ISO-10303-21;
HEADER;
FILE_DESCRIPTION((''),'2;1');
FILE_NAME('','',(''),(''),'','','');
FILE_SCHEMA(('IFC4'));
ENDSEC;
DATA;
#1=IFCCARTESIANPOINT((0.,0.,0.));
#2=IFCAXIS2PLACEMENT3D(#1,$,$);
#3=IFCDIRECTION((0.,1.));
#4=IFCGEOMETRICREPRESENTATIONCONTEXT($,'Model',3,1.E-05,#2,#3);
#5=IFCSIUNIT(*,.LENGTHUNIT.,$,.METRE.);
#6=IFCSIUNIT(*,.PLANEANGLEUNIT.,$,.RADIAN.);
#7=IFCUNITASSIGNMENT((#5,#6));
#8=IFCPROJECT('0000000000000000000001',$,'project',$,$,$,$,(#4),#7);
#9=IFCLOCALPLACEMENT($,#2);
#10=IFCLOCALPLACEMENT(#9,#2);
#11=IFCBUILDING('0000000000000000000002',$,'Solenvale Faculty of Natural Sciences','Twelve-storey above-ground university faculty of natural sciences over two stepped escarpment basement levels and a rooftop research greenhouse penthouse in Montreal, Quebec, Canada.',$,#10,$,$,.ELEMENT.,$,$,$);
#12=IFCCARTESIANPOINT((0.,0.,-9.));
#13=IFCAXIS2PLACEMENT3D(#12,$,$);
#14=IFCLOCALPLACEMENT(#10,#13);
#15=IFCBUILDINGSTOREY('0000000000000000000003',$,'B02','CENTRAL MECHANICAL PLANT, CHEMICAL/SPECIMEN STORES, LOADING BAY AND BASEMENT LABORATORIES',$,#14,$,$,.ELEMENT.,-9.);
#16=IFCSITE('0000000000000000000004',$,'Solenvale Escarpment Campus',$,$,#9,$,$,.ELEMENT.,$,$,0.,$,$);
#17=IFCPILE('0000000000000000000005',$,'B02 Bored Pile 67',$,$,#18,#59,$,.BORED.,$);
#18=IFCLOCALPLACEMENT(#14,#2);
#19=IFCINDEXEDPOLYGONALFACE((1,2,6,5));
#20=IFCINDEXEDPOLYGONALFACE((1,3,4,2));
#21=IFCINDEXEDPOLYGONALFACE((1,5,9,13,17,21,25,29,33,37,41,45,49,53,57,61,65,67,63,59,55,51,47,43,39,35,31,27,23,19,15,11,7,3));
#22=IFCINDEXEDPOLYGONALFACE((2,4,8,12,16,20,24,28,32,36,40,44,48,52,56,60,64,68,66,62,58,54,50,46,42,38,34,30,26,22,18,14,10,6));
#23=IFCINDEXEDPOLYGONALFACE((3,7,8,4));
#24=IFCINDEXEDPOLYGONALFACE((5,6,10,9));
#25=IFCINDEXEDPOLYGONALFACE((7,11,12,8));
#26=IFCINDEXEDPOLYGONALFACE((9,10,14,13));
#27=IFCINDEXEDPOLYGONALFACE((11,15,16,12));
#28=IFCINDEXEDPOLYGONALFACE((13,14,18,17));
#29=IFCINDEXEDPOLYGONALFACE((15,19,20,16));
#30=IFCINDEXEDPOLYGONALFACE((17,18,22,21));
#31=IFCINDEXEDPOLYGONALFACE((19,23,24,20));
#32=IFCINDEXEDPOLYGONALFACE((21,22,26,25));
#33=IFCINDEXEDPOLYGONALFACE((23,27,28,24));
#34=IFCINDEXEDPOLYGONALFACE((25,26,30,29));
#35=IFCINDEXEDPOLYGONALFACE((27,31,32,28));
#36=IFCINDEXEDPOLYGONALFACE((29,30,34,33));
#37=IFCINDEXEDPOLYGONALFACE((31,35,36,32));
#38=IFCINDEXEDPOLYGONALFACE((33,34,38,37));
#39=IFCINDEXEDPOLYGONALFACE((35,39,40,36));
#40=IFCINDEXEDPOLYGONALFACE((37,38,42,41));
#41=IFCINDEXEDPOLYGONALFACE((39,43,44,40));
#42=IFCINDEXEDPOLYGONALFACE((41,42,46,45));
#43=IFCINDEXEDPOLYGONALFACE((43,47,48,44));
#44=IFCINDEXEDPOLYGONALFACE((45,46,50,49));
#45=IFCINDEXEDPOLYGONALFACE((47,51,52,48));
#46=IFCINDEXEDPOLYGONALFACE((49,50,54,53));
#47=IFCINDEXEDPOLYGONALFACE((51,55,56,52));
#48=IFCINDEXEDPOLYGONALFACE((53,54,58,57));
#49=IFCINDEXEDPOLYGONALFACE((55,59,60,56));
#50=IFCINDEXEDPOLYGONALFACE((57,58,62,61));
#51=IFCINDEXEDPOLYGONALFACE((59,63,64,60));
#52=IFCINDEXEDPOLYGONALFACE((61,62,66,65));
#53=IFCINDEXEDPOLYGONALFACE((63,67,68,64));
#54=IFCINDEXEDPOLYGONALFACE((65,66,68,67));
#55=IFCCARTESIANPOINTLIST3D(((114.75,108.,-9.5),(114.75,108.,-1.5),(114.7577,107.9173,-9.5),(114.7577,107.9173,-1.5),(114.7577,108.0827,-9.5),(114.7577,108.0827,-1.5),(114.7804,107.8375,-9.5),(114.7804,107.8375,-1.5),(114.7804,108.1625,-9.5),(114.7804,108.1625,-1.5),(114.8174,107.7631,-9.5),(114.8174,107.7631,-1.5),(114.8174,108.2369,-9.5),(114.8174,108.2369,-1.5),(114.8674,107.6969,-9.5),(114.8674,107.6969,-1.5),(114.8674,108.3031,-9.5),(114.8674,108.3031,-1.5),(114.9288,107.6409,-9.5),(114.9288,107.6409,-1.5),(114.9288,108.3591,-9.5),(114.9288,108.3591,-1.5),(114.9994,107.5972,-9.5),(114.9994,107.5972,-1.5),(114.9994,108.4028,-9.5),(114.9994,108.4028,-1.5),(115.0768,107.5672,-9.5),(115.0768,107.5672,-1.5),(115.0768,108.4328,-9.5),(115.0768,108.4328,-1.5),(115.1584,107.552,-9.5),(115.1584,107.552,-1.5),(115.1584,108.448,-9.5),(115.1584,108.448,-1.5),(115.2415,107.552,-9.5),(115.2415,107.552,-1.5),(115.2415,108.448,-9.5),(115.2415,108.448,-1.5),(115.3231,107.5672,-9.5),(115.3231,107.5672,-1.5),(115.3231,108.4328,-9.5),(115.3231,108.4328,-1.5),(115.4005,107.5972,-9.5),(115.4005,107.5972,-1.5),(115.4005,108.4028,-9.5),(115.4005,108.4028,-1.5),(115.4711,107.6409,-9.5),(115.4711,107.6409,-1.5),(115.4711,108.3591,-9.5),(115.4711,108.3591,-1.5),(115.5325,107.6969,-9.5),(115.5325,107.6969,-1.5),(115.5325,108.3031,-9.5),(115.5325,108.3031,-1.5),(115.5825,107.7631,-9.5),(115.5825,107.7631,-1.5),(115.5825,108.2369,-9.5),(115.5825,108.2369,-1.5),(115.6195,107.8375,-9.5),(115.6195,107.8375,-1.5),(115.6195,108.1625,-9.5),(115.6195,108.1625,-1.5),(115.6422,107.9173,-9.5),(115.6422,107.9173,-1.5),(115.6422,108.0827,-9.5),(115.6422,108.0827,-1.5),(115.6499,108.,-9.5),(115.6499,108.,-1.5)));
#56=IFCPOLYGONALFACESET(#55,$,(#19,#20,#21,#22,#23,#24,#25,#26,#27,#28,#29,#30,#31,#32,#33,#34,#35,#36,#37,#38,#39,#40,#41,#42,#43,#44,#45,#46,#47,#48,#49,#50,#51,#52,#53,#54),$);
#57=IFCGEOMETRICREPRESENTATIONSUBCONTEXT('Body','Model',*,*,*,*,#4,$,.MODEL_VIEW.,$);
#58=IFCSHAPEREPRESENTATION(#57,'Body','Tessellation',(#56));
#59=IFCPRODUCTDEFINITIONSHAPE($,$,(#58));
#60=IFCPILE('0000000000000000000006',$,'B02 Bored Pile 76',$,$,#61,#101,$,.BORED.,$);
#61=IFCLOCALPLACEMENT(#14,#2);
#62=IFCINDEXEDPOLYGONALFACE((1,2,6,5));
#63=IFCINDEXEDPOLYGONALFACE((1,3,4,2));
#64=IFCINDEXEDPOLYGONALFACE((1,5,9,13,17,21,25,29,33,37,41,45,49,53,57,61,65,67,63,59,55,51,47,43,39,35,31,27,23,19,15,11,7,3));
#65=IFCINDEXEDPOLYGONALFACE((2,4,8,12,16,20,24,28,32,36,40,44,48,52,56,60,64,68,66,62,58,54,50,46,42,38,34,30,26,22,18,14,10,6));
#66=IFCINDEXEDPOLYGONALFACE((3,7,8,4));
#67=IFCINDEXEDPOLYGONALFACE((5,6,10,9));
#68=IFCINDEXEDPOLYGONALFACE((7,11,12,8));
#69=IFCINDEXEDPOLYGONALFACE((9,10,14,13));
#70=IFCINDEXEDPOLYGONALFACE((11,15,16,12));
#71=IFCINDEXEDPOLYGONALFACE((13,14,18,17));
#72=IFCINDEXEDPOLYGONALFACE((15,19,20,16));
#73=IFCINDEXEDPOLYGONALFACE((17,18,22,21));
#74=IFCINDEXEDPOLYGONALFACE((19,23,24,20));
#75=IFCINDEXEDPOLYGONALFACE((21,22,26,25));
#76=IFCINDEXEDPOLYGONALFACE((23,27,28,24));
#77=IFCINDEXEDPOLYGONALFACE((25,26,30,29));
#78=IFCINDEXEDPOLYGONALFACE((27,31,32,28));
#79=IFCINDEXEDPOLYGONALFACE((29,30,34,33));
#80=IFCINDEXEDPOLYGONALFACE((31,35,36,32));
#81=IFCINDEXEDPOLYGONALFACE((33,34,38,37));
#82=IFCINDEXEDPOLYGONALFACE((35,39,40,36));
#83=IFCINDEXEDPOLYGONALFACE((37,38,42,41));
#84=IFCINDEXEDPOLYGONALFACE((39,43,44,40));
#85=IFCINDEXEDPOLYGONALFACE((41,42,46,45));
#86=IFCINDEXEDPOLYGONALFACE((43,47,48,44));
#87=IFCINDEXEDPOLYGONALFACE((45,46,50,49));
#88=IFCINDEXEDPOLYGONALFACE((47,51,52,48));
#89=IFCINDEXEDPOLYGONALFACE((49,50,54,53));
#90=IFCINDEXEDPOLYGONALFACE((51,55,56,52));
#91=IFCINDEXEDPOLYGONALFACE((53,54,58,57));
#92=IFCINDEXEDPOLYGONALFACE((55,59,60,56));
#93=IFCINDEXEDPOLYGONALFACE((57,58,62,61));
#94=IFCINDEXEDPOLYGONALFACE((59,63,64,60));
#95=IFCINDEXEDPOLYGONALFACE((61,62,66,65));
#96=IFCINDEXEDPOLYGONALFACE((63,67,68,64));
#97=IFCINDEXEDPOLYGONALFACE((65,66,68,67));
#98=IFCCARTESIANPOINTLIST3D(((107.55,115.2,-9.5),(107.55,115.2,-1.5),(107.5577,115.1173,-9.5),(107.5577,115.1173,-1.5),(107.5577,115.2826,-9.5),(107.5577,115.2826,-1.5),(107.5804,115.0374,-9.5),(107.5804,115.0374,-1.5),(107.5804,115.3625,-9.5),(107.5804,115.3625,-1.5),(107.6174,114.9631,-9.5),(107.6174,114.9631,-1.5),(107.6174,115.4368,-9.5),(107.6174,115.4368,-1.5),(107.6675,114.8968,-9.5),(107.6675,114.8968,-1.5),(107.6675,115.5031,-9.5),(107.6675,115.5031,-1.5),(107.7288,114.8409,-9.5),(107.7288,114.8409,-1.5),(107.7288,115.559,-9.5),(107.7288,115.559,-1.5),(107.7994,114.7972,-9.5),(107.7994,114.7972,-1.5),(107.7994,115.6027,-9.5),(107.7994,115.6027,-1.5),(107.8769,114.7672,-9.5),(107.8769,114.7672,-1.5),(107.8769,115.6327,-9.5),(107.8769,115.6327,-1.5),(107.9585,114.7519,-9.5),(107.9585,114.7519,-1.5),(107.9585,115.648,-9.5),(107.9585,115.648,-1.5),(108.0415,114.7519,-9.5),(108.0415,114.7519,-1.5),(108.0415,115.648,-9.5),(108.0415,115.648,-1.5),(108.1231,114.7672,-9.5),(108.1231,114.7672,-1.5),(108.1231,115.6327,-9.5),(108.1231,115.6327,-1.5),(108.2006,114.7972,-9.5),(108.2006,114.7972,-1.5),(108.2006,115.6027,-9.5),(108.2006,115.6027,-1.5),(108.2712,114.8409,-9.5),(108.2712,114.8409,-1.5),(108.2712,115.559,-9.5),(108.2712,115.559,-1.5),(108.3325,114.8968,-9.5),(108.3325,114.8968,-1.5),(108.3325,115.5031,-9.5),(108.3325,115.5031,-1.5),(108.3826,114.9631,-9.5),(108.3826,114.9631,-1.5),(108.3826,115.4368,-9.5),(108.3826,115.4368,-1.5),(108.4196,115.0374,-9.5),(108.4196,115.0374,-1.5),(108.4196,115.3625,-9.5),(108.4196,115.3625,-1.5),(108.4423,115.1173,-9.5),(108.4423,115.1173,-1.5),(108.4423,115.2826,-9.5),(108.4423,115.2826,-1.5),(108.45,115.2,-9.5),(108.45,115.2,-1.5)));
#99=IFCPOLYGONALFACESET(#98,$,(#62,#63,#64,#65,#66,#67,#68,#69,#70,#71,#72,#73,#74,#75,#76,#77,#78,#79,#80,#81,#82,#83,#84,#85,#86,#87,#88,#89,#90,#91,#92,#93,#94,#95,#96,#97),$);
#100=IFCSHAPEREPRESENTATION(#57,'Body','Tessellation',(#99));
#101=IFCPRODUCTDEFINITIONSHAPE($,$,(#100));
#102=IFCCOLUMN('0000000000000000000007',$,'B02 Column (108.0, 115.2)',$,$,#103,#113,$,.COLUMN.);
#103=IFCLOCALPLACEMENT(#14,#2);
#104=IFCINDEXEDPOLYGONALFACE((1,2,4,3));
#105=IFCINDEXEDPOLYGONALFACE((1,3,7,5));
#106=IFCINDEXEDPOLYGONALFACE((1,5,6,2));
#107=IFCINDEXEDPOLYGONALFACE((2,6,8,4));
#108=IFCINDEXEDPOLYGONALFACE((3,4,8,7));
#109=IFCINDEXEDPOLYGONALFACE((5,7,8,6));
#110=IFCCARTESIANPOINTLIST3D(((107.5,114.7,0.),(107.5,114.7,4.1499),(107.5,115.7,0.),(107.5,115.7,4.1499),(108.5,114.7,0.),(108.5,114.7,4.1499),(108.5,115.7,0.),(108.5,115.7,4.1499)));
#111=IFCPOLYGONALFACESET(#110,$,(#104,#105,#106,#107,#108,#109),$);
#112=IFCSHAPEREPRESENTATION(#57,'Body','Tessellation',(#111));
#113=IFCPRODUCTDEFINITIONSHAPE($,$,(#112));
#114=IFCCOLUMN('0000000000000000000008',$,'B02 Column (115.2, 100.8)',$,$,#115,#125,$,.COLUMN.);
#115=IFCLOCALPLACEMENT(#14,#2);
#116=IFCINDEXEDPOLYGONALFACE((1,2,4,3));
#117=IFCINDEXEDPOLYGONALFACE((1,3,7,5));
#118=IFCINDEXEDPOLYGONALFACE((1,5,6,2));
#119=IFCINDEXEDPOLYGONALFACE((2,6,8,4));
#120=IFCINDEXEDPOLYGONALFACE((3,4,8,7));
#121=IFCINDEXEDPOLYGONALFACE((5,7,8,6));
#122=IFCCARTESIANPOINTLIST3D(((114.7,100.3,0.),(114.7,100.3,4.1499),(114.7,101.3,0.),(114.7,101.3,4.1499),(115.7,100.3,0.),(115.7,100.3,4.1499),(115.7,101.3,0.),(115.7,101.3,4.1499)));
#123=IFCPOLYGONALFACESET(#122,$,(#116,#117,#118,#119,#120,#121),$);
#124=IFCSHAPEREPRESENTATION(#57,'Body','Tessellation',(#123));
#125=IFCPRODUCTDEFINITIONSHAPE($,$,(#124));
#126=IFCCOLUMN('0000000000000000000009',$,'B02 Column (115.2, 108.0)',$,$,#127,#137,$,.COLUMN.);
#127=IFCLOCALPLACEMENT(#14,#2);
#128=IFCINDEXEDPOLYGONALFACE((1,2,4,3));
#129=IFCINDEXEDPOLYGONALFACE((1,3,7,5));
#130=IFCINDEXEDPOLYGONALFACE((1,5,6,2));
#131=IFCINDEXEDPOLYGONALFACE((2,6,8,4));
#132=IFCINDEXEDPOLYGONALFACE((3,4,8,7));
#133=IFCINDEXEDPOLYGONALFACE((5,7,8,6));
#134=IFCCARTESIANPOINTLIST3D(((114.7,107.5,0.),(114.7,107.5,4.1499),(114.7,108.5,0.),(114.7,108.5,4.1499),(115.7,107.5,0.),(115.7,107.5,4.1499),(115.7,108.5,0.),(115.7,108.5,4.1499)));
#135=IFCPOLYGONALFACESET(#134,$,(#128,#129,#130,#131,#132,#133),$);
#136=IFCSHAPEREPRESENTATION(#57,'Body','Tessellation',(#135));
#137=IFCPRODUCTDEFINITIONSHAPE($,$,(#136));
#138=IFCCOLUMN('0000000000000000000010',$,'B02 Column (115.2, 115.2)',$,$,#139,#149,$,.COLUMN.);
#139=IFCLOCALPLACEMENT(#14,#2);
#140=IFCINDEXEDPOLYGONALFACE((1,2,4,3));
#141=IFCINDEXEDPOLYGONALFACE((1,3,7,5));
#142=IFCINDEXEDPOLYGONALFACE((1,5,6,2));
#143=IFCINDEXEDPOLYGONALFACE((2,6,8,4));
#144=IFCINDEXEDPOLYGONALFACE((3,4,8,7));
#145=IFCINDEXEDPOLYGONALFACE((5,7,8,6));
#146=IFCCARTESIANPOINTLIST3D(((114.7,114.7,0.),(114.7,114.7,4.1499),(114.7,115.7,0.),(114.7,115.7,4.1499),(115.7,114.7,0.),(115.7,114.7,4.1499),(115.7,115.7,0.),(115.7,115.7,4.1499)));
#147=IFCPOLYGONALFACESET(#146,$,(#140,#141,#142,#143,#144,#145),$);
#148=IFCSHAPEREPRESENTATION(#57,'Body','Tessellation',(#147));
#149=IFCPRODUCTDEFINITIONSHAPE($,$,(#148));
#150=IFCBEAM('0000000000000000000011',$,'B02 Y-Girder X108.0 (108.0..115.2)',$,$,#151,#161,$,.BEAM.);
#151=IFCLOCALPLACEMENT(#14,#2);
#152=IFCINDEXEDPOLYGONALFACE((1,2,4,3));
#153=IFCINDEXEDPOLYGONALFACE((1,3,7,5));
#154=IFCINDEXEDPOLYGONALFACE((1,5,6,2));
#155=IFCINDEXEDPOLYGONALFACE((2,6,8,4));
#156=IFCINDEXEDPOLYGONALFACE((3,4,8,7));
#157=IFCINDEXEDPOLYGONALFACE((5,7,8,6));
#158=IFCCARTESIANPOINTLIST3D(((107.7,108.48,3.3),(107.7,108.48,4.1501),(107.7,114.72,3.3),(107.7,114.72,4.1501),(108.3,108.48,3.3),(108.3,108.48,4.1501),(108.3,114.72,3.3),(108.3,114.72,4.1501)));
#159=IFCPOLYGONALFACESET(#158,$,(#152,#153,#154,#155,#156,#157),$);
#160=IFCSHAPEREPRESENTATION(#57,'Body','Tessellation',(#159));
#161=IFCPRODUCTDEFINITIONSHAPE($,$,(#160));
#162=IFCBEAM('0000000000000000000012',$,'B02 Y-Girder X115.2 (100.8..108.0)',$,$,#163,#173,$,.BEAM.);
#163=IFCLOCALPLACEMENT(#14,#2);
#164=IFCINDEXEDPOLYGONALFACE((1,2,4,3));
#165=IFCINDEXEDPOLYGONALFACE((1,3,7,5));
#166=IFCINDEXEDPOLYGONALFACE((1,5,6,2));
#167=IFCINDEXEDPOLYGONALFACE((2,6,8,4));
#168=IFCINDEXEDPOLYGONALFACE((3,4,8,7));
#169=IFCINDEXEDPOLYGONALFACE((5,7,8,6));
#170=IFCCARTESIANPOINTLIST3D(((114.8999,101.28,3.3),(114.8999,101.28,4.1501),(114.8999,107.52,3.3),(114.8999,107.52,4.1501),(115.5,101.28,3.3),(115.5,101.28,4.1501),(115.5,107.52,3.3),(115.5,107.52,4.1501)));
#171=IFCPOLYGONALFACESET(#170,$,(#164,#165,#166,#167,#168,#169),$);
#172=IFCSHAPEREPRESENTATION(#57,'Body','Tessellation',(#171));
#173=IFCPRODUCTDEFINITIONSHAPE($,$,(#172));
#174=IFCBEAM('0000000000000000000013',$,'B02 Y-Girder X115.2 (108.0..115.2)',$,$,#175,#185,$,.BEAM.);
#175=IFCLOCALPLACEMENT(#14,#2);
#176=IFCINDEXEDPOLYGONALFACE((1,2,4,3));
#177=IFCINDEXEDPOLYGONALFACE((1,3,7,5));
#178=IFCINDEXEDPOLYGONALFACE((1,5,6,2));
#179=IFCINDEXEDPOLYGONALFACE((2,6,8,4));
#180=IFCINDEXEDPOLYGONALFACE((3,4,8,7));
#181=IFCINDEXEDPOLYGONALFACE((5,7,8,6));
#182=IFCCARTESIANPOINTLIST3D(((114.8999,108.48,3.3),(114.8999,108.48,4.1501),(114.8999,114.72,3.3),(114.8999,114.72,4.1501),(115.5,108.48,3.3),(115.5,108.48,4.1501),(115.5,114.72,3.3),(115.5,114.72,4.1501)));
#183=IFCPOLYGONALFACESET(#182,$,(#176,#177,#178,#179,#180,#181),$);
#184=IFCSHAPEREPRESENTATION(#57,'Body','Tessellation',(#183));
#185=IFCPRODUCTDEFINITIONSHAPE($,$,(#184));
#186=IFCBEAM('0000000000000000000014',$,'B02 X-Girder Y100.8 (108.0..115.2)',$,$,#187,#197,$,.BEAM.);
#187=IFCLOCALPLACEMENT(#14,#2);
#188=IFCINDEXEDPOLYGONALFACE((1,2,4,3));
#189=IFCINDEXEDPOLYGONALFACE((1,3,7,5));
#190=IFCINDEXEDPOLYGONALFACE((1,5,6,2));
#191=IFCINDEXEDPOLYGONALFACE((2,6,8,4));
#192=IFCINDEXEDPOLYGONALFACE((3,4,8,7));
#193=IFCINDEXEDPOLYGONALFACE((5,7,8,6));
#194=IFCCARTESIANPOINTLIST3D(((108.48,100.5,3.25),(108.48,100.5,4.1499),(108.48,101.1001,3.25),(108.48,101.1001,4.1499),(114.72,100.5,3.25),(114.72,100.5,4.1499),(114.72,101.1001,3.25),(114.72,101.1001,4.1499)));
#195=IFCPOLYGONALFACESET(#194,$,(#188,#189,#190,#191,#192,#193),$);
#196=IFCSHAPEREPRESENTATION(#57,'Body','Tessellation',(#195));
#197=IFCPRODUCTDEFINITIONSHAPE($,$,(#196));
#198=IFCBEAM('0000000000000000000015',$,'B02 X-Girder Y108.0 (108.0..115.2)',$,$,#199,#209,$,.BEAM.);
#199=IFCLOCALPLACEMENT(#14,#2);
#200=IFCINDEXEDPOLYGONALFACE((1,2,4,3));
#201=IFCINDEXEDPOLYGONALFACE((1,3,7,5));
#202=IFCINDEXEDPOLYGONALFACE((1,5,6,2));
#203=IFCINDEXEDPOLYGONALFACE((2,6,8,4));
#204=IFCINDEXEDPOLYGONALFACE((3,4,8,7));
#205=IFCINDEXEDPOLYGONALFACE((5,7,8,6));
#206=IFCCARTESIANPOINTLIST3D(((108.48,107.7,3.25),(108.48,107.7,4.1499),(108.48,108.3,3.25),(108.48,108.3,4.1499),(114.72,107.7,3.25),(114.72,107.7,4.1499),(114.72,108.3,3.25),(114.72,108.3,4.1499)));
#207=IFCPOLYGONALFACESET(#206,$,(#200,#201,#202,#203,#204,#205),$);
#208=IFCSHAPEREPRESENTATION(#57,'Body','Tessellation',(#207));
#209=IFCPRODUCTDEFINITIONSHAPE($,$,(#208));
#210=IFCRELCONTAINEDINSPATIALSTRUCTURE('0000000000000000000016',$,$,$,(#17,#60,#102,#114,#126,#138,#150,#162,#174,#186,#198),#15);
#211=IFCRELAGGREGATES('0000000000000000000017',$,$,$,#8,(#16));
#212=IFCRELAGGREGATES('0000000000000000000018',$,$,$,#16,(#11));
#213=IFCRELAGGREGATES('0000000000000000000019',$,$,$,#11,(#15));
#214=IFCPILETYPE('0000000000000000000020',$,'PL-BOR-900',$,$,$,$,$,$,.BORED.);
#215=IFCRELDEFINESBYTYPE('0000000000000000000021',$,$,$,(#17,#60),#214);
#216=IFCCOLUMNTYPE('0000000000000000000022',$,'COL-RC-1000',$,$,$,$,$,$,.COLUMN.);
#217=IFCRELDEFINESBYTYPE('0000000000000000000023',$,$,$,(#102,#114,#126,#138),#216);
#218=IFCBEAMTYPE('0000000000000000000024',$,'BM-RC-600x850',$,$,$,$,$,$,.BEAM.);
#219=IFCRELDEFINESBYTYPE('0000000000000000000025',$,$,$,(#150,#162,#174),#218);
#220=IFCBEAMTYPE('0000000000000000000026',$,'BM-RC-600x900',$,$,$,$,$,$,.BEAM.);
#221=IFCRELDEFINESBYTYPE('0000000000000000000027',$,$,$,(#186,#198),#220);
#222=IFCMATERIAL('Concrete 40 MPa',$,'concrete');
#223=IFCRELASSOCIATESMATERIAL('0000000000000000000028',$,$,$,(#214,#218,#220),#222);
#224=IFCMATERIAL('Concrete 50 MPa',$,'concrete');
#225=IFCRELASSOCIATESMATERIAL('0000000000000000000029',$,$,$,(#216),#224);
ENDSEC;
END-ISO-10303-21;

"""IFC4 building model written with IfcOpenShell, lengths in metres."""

from ifc_helpers import new_model, si_unit, direction, frame, origin, origin_2d, place, context, subcontext, project, spatial, rectangle, circle, extrude, material, material_profile, profile_set, type_object, element, save


model = new_model("IFC4")

# Units and contexts
model_context = context("Model", 3, precision=1e-05, world=origin(), true_north=direction((0.0, 1.0)))
body_context = subcontext(model_context, "Body", "Model", "MODEL_VIEW")
ifc_project = project(units=[si_unit("LENGTHUNIT", "METRE"), si_unit("PLANEANGLEUNIT", "RADIAN")], contexts=[model_context])

# Site, building, storey
site_placement = place(None, origin())
site = spatial("IfcSite", under=ifc_project, at=site_placement, Name="Solenvale Escarpment Campus", CompositionType="ELEMENT", RefElevation=0.0)
building_placement = place(site_placement, origin())
building = spatial("IfcBuilding", under=site, at=building_placement, Name="Solenvale Faculty of Natural Sciences", Description="Twelve-storey above-ground university faculty of natural sciences over two stepped escarpment basement levels and a rooftop research greenhouse penthouse in Montreal, Quebec, Canada.", CompositionType="ELEMENT")
storey_placement = place(building_placement, frame((0.0, 0.0, -9.0)))
storey = spatial("IfcBuildingStorey", under=building, at=storey_placement, Name="B02", Description="CENTRAL MECHANICAL PLANT, CHEMICAL/SPECIMEN STORES, LOADING BAY AND BASEMENT LABORATORIES", CompositionType="ELEMENT", Elevation=-9.0)

# Shared definitions
ifc_material_1 = material(Name="Concrete 40 MPa", Category="concrete")

# Piles
ifc_material_profile_1 = material_profile(ifc_material_1, circle(Radius=0.45, at=origin_2d()), Name="PILE-D900")
ifc_profile_set_1 = profile_set([ifc_material_profile_1], Name="Concrete 40 MPa")
pile_type_1 = type_object("IfcPileType", Name="PL-BOR-900", PredefinedType="BORED", material=ifc_profile_set_1)
for number, where, z_axis, x_axis, name in (
    (1, (115.2, 108.0, -1.5), (0.0, 0.0, -1.0), (1.0, 0.0, 0.0), "B02 Bored Pile 67"),
    (2, (108.0, 115.2, -1.5), (0.0, 0.0, -1.0), (1.0, 0.0, 0.0), "B02 Bored Pile 76"),
):
    element("IfcPile", number, at=place(storey_placement, frame(where, z_axis=z_axis, x_axis=x_axis)), inside=storey, type_object=pile_type_1, Name=name, PredefinedType="BORED", context=body_context, shape_type="SweptSolid", body=[
        extrude(circle(Radius=0.45, at=origin_2d()), origin(), (0.0, 0.0, 1.0), 8.0),
    ])

# Columns
ifc_material_2 = material(Name="Concrete 50 MPa", Category="concrete")
ifc_material_profile_2 = material_profile(ifc_material_2, rectangle(XDim=1.0, YDim=1.0, at=origin_2d()), Name="RC-COL-1000x1000")
ifc_profile_set_2 = profile_set([ifc_material_profile_2], Name="Concrete 50 MPa")
column_type = type_object("IfcColumnType", Name="COL-RC-1000", PredefinedType="COLUMN", material=ifc_profile_set_2)
for number, where, z_axis, x_axis, name in (
    (3, (108.0, 115.2, 0.0), (0.0, 0.0, 1.0), (1.0, 0.0, 0.0), "B02 Column (108.0, 115.2)"),
    (4, (115.2, 100.8, 0.0), (0.0, 0.0, 1.0), (1.0, 0.0, 0.0), "B02 Column (115.2, 100.8)"),
    (5, (115.2, 108.0, 0.0), (0.0, 0.0, 1.0), (1.0, 0.0, 0.0), "B02 Column (115.2, 108.0)"),
    (6, (115.2, 115.2, 0.0), (0.0, 0.0, 1.0), (1.0, 0.0, 0.0), "B02 Column (115.2, 115.2)"),
):
    element("IfcColumn", number, at=place(storey_placement, frame(where, z_axis=z_axis, x_axis=x_axis)), inside=storey, type_object=column_type, Name=name, PredefinedType="COLUMN", context=body_context, shape_type="SweptSolid", body=[
        extrude(rectangle(XDim=1.0, YDim=1.0, at=origin_2d()), origin(), (0.0, 0.0, 1.0), 4.1499),
    ])

# Beams
ifc_material_profile_3 = material_profile(ifc_material_1, rectangle(XDim=0.6001, YDim=0.8501, at=origin_2d()), Name="RC-BM-600x850")
ifc_profile_set_3 = profile_set([ifc_material_profile_3], Name="Concrete 40 MPa")
beam_type_1 = type_object("IfcBeamType", Name="BM-RC-600x850", PredefinedType="BEAM", material=ifc_profile_set_3)
for number, where, z_axis, x_axis, name in (
    (7, (108.0, 108.48, 3.7251), (0.0, 1.0, 0.0), (-1.0, 0.0, 0.0), "B02 Y-Girder X108.0 (108.0..115.2)"),
    (8, (115.2, 101.28, 3.7251), (0.0, 1.0, 0.0), (-1.0, 0.0, 0.0), "B02 Y-Girder X115.2 (100.8..108.0)"),
    (9, (115.2, 108.48, 3.7251), (0.0, 1.0, 0.0), (-1.0, 0.0, 0.0), "B02 Y-Girder X115.2 (108.0..115.2)"),
):
    element("IfcBeam", number, at=place(storey_placement, frame(where, z_axis=z_axis, x_axis=x_axis)), inside=storey, type_object=beam_type_1, Name=name, PredefinedType="BEAM", context=body_context, shape_type="SweptSolid", body=[
        extrude(rectangle(XDim=0.6001, YDim=0.8501, at=origin_2d()), origin(), (0.0, 0.0, 1.0), 6.24),
    ])
ifc_material_profile_4 = material_profile(ifc_material_1, rectangle(XDim=0.6001, YDim=0.8999, at=origin_2d()), Name="RC-BM-600x900")
ifc_profile_set_4 = profile_set([ifc_material_profile_4], Name="Concrete 40 MPa")
beam_type_2 = type_object("IfcBeamType", Name="BM-RC-600x900", PredefinedType="BEAM", material=ifc_profile_set_4)
for number, where, z_axis, x_axis, name in (
    (10, (108.48, 100.8, 3.7), (1.0, 0.0, 0.0), (0.0, 1.0, 0.0), "B02 X-Girder Y100.8 (108.0..115.2)"),
    (11, (108.48, 108.0, 3.7), (1.0, 0.0, 0.0), (0.0, 1.0, 0.0), "B02 X-Girder Y108.0 (108.0..115.2)"),
):
    element("IfcBeam", number, at=place(storey_placement, frame(where, z_axis=z_axis, x_axis=x_axis)), inside=storey, type_object=beam_type_2, Name=name, PredefinedType="BEAM", context=body_context, shape_type="SweptSolid", body=[
        extrude(rectangle(XDim=0.6001, YDim=0.8999, at=origin_2d()), origin(), (0.0, 0.0, 1.0), 6.24),
    ])

save(model, "model.ifc")
